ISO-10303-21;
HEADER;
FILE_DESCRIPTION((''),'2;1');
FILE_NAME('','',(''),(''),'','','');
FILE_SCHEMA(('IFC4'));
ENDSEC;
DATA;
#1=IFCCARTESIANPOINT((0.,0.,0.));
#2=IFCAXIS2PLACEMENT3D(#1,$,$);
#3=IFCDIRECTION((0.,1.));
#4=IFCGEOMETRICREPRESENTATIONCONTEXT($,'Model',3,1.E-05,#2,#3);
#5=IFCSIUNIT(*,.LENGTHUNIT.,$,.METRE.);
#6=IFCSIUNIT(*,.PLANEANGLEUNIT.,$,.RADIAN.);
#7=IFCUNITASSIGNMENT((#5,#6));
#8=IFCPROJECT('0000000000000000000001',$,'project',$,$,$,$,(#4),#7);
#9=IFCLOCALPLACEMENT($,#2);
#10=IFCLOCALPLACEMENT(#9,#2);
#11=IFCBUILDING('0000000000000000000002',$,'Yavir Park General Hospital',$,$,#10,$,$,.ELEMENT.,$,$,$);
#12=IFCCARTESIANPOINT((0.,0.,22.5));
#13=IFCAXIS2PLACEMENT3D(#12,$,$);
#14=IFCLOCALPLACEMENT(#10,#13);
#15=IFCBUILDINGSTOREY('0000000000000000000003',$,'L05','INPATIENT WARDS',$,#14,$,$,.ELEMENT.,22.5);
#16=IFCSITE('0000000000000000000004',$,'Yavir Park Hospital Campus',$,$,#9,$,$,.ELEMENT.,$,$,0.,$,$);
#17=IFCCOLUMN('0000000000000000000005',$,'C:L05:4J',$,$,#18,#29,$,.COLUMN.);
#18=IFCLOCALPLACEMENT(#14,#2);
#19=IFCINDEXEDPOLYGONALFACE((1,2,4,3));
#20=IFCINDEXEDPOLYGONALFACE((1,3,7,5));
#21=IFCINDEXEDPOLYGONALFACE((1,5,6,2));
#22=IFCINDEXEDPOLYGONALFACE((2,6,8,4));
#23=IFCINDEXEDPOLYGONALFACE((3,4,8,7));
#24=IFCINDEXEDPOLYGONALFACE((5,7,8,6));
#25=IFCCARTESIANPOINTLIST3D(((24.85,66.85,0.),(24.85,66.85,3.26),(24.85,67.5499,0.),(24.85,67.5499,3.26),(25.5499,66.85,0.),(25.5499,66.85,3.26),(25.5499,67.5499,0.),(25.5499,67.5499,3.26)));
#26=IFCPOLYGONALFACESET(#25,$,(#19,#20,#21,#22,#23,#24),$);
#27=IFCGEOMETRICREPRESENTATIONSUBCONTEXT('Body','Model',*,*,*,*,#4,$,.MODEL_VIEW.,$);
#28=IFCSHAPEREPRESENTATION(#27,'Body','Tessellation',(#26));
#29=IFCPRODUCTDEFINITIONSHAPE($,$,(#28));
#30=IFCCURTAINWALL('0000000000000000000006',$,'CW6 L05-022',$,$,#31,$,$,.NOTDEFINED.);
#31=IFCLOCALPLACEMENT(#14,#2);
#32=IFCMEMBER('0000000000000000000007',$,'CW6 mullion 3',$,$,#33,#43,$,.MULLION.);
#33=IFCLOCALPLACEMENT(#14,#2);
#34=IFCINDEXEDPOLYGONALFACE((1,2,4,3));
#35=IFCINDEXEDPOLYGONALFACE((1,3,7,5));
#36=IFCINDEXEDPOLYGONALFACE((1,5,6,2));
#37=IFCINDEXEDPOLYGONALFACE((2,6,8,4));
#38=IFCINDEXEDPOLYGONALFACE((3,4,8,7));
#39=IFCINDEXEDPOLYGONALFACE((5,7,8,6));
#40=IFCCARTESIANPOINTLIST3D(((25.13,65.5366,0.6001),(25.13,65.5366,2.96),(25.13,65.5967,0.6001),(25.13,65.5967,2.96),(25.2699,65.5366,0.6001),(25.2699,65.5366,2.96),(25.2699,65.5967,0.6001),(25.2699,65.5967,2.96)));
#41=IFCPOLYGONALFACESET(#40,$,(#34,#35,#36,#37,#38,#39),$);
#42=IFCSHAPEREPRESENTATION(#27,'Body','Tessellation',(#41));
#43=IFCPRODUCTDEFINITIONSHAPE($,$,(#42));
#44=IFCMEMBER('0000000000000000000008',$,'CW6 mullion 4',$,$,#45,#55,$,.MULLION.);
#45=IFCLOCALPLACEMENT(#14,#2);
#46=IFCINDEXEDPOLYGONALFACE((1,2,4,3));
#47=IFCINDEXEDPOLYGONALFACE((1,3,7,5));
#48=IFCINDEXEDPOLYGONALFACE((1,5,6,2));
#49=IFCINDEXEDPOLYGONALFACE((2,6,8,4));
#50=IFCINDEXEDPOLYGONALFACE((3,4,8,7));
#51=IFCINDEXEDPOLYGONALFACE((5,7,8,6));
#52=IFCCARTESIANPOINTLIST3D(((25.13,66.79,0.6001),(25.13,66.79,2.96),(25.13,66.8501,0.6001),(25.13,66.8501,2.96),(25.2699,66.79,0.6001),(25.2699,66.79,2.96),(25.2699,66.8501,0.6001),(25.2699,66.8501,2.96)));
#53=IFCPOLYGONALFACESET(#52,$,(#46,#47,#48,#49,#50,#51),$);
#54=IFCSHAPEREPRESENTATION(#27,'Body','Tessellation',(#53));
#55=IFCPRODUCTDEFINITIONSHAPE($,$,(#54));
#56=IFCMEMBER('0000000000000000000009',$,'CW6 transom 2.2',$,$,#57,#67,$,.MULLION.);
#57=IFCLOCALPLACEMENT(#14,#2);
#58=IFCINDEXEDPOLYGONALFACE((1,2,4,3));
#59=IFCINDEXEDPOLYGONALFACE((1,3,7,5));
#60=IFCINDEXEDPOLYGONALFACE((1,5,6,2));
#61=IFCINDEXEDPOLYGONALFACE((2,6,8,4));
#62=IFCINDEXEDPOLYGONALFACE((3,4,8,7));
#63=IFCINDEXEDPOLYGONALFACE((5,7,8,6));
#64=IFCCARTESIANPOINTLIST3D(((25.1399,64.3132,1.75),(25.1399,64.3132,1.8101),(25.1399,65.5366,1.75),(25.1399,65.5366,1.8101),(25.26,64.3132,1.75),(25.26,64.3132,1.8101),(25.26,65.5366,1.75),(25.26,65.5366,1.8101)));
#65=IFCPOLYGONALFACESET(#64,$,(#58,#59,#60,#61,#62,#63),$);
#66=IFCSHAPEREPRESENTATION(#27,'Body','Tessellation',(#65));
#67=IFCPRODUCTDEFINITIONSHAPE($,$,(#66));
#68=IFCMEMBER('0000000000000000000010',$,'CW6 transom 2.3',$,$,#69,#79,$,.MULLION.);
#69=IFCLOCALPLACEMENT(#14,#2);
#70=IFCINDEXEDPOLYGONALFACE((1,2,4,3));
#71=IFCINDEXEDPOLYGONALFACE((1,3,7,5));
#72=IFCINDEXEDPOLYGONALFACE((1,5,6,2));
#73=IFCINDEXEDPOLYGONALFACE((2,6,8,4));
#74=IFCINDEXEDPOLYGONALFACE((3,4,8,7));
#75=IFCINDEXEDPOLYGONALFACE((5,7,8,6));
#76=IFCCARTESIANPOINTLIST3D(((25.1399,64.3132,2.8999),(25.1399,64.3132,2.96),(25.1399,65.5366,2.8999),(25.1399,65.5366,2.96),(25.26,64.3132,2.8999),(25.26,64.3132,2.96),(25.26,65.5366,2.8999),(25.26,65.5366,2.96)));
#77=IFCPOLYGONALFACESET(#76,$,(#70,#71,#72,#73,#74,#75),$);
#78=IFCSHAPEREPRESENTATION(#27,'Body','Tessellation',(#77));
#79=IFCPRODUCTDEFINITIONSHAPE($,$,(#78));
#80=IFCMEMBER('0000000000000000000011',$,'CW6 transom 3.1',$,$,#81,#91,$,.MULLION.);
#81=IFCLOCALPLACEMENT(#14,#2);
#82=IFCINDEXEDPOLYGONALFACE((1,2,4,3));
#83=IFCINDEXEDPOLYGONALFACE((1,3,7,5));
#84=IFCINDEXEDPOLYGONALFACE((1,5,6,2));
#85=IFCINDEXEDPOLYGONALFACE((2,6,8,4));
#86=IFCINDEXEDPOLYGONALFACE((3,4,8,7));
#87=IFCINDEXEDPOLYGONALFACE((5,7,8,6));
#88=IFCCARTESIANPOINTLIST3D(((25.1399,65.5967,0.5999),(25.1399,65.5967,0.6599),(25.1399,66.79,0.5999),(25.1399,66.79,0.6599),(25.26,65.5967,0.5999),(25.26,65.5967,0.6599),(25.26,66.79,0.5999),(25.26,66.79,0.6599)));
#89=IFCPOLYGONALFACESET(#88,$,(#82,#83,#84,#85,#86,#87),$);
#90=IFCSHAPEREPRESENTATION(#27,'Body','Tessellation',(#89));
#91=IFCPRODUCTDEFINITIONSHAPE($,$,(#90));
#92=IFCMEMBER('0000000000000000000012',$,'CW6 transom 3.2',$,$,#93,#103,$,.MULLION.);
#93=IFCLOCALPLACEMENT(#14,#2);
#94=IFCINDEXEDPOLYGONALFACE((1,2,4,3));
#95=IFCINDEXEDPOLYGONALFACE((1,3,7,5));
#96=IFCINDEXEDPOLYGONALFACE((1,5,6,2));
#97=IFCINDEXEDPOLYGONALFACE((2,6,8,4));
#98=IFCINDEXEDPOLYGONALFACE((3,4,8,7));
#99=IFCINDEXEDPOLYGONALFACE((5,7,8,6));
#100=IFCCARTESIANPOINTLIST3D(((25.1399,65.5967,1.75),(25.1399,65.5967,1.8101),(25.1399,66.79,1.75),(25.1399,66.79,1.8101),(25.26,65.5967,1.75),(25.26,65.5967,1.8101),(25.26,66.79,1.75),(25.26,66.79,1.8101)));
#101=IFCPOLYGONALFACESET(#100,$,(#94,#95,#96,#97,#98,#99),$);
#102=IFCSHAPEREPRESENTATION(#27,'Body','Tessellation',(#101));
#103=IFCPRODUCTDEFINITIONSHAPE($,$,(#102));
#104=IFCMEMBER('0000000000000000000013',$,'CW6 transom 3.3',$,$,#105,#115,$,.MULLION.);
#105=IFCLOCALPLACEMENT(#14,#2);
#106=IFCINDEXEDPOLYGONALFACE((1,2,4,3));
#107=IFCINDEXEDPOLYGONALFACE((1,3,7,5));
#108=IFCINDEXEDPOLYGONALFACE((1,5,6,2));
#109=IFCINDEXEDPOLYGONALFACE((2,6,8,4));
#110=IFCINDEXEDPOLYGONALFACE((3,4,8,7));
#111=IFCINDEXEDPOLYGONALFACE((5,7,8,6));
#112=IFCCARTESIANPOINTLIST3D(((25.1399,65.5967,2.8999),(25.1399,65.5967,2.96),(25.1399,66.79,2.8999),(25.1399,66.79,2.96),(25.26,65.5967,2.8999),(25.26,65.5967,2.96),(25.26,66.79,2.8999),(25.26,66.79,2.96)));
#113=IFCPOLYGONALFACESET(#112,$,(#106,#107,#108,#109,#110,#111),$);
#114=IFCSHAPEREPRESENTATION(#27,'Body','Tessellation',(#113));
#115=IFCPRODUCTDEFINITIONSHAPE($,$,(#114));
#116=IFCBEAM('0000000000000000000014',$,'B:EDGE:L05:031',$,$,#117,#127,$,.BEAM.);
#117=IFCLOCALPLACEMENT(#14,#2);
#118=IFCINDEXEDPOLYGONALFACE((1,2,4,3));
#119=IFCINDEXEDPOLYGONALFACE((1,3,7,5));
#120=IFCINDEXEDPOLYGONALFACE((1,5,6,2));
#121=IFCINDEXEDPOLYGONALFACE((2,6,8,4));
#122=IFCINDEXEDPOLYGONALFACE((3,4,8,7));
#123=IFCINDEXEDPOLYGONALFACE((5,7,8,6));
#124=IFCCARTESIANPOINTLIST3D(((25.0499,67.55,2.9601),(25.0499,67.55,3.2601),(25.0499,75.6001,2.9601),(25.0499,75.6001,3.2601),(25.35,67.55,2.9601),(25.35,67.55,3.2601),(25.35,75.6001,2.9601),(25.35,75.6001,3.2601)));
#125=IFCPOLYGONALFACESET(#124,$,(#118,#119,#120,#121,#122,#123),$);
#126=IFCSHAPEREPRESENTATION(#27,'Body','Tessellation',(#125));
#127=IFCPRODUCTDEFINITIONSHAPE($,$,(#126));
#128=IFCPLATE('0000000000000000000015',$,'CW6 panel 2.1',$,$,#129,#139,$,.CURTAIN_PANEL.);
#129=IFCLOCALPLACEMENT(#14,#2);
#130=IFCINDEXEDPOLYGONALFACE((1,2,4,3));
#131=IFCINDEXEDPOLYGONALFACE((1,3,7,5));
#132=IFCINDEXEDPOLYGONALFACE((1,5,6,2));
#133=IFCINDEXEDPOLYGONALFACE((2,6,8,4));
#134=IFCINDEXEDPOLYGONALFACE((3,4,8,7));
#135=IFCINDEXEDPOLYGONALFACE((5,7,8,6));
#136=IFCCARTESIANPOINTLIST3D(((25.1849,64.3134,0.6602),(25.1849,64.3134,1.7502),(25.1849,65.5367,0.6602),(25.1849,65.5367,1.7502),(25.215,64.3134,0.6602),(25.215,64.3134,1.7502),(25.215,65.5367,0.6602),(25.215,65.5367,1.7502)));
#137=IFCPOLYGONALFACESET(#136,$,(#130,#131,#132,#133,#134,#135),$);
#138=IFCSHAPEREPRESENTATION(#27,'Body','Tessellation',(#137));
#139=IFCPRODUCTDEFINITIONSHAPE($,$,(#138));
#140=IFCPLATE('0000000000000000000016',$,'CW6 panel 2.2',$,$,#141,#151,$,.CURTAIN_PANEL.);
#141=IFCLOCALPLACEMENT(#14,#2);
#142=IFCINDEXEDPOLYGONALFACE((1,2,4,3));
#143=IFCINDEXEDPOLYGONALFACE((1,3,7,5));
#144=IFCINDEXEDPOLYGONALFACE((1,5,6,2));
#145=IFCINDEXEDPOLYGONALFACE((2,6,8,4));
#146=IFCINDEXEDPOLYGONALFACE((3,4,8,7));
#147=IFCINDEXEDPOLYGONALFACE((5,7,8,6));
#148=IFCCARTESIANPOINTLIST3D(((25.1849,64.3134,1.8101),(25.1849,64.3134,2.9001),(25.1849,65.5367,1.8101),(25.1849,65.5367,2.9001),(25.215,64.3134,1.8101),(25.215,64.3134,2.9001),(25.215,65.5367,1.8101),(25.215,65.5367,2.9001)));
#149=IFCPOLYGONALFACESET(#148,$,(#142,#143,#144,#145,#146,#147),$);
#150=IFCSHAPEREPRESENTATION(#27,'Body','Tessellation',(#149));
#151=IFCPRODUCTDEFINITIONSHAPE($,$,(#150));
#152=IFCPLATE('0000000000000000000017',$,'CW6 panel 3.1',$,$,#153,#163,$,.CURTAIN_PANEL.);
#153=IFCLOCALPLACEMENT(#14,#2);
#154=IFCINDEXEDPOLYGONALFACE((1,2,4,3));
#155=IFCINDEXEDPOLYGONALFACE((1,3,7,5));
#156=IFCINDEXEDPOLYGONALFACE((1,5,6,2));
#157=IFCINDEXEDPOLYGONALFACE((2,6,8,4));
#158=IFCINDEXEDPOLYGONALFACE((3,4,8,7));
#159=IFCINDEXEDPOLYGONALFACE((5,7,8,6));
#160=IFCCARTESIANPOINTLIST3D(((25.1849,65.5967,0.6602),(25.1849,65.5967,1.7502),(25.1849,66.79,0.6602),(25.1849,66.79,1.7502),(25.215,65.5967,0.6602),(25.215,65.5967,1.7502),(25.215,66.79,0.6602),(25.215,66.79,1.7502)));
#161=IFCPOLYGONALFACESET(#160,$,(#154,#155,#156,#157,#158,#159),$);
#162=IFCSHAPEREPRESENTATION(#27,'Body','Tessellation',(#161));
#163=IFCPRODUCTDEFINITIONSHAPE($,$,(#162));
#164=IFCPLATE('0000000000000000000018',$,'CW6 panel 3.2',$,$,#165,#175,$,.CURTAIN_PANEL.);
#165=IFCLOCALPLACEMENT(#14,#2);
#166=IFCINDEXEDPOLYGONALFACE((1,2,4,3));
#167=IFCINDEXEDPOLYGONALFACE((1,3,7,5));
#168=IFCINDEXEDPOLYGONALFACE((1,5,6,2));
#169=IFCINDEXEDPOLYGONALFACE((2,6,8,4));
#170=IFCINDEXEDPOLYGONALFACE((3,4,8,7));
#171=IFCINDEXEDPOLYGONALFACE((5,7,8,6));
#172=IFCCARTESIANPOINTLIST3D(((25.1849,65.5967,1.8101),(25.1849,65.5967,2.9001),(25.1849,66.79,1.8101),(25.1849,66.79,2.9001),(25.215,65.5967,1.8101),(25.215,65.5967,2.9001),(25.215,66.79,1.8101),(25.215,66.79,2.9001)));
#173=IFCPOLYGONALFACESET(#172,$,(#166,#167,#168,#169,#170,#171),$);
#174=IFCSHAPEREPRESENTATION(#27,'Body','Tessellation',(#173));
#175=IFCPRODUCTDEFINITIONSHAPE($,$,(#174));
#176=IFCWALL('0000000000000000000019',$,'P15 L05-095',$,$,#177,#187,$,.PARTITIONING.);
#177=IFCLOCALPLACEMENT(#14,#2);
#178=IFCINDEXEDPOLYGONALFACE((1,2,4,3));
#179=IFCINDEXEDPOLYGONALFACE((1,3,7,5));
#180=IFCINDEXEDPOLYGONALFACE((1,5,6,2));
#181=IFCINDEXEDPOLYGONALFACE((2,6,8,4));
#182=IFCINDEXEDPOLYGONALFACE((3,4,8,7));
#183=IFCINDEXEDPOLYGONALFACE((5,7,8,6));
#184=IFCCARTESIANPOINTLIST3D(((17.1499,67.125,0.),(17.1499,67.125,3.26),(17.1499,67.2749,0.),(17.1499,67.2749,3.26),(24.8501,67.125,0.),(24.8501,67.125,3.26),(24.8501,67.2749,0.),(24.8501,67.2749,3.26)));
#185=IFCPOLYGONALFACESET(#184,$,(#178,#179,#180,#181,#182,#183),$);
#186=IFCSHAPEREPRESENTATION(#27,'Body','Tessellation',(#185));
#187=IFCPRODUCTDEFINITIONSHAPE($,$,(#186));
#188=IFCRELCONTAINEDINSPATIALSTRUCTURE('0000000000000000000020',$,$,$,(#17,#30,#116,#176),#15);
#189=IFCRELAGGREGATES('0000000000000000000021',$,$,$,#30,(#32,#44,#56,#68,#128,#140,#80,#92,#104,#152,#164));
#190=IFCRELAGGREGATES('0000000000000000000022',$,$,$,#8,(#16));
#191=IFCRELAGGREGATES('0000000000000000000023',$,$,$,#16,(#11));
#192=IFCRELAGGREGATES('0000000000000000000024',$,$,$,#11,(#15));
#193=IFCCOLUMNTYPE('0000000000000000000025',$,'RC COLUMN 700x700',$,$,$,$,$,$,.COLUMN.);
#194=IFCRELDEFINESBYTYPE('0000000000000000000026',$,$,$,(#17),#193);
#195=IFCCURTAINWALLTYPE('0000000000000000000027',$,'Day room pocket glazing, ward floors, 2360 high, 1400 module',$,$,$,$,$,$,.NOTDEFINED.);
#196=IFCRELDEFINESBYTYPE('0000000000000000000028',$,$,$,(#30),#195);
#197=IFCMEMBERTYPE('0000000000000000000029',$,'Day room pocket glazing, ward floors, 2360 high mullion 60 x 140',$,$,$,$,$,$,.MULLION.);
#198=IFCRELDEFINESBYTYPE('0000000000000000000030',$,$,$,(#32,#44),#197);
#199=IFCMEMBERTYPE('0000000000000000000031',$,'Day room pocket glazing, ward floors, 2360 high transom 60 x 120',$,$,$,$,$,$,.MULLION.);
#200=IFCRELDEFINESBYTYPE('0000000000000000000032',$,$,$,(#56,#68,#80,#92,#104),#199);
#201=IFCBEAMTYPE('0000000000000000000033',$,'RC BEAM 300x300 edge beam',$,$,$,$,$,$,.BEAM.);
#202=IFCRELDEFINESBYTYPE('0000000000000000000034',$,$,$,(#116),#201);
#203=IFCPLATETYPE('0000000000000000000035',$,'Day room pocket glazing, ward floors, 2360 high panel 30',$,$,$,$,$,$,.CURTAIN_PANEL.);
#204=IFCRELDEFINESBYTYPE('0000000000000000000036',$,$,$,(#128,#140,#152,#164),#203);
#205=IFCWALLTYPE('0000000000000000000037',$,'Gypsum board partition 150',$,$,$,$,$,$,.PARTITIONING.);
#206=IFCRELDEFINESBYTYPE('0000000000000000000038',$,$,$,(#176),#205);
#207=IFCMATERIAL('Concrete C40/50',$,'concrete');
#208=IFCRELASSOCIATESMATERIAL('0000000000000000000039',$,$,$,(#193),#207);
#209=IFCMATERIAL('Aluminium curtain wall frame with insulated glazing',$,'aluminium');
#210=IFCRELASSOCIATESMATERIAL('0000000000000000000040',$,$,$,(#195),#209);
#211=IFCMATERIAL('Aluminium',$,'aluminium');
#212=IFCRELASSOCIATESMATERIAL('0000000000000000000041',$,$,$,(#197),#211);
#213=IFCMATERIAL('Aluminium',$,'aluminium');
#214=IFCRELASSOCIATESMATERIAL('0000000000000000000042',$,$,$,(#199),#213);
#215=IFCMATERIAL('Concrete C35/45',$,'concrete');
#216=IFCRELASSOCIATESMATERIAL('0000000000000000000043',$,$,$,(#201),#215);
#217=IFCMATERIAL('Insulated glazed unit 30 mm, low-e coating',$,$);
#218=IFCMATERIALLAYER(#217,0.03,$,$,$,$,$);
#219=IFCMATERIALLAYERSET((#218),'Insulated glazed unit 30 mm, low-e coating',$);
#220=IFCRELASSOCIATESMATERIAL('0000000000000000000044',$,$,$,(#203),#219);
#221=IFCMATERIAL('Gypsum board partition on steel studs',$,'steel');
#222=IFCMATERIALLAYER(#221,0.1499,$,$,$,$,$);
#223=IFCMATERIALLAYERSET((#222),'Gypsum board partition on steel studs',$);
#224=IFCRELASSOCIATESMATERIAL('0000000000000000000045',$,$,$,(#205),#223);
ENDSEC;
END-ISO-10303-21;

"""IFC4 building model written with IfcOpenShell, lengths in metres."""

from ifc_helpers import new_model, si_unit, direction, frame, frame_2d, origin, origin_2d, place, context, subcontext, project, spatial, rectangle, extrude, material, layer, layer_set, material_profile, profile_set, type_object, element, aggregate, save


model = new_model("IFC4")

# Units and contexts
model_context = context("Model", 3, precision=1e-05, world=origin(), true_north=direction((0.0, 1.0)))
body_context = subcontext(model_context, "Body", "Model", "MODEL_VIEW")
ifc_project = project(units=[si_unit("LENGTHUNIT", "METRE"), si_unit("PLANEANGLEUNIT", "RADIAN")], contexts=[model_context])

# Site, building, storey
site_placement = place(None, origin())
site = spatial("IfcSite", under=ifc_project, at=site_placement, Name="Yavir Park Hospital Campus", CompositionType="ELEMENT", RefElevation=0.0)
building_placement = place(site_placement, origin())
building = spatial("IfcBuilding", under=site, at=building_placement, Name="Yavir Park General Hospital", CompositionType="ELEMENT")
storey_placement = place(building_placement, frame((0.0, 0.0, 22.5)))
storey = spatial("IfcBuildingStorey", under=building, at=storey_placement, Name="L05", Description="INPATIENT WARDS", CompositionType="ELEMENT", Elevation=22.5)

# Column
ifc_material_1 = material(Name="Concrete C40/50", Category="concrete")
ifc_material_profile_1 = material_profile(ifc_material_1, rectangle(XDim=0.7, YDim=0.7, at=origin_2d()), Name="RC700x700")
ifc_profile_set_1 = profile_set([ifc_material_profile_1], Name="Concrete C40/50")
column_type = type_object("IfcColumnType", Name="RC COLUMN 700x700", PredefinedType="COLUMN", material=ifc_profile_set_1)
column_placement = place(storey_placement, frame((25.2, 67.2, 0.0), z_axis=(0.0, 0.0, 1.0), x_axis=(1.0, 0.0, 0.0)))
element("IfcColumn", 1, at=column_placement, inside=storey, type_object=column_type, Name="C:L05:4J", PredefinedType="COLUMN", context=body_context, shape_type="SweptSolid", body=[
    extrude(rectangle(XDim=0.7, YDim=0.7, at=origin_2d()), origin(), (0.0, 0.0, 1.0), 3.26),
])

# Curtain wall, members
ifc_material_2 = material(Name="Aluminium curtain wall frame with insulated glazing", Category="aluminium")
curtain_wall_type = type_object("IfcCurtainWallType", Name="Day room pocket glazing, ward floors, 2360 high, 1400 module", PredefinedType="NOTDEFINED", material=ifc_material_2)
curtain_wall_placement = place(storey_placement, origin())
curtain_wall = element("IfcCurtainWall", 2, at=curtain_wall_placement, inside=storey, type_object=curtain_wall_type, Name="CW6 L05-022", PredefinedType="NOTDEFINED")
ifc_material_3 = material(Name="Aluminium", Category="aluminium")
ifc_material_profile_2 = material_profile(ifc_material_3, rectangle(XDim=0.1399, YDim=0.0601, at=origin_2d()), Name="AL 60x140")
ifc_profile_set_2 = profile_set([ifc_material_profile_2], Name="Aluminium")
member_type_1 = type_object("IfcMemberType", Name="Day room pocket glazing, ward floors, 2360 high mullion 60 x 140", PredefinedType="MULLION", material=ifc_profile_set_2)
member_1_placement = place(storey_placement, frame((25.2, 65.5667, 0.6001), z_axis=(0.0, 0.0, 1.0), x_axis=(-1.0, 0.0, 0.0)))
member_1 = element("IfcMember", 3, at=member_1_placement, type_object=member_type_1, Name="CW6 mullion 3", PredefinedType="MULLION", context=body_context, shape_type="SweptSolid", body=[
    extrude(rectangle(XDim=0.1399, YDim=0.0601, at=origin_2d()), origin(), (0.0, 0.0, 1.0), 2.3599),
])
member_2_placement = place(storey_placement, frame((25.2, 66.8201, 0.6001), z_axis=(0.0, 0.0, 1.0), x_axis=(-1.0, 0.0, 0.0)))
member_2 = element("IfcMember", 4, at=member_2_placement, type_object=member_type_1, Name="CW6 mullion 4", PredefinedType="MULLION", context=body_context, shape_type="SweptSolid", body=[
    extrude(rectangle(XDim=0.1399, YDim=0.0601, at=origin_2d()), origin(), (0.0, 0.0, 1.0), 2.3599),
])
ifc_material_4 = material(Name="Aluminium", Category="aluminium")
ifc_material_profile_3 = material_profile(ifc_material_4, rectangle(XDim=0.1201, YDim=0.0601, at=origin_2d()), Name="AL 120x60")
ifc_profile_set_3 = profile_set([ifc_material_profile_3], Name="Aluminium")
member_type_2 = type_object("IfcMemberType", Name="Day room pocket glazing, ward floors, 2360 high transom 60 x 120", PredefinedType="MULLION", material=ifc_profile_set_3)
member_3_placement = place(storey_placement, frame((25.2, 64.3132, 1.78), z_axis=(0.0, 1.0, 0.0), x_axis=(-1.0, 0.0, 0.0)))
member_3 = element("IfcMember", 5, at=member_3_placement, type_object=member_type_2, Name="CW6 transom 2.2", PredefinedType="MULLION", context=body_context, shape_type="SweptSolid", body=[
    extrude(rectangle(XDim=0.1201, YDim=0.0601, at=origin_2d()), origin(), (0.0, 0.0, 1.0), 1.2234),
])
member_4_placement = place(storey_placement, frame((25.2, 64.3132, 2.9299), z_axis=(0.0, 1.0, 0.0), x_axis=(-1.0, 0.0, 0.0)))
member_4 = element("IfcMember", 6, at=member_4_placement, type_object=member_type_2, Name="CW6 transom 2.3", PredefinedType="MULLION", context=body_context, shape_type="SweptSolid", body=[
    extrude(rectangle(XDim=0.1201, YDim=0.0601, at=origin_2d()), origin(), (0.0, 0.0, 1.0), 1.2234),
])
member_5_placement = place(storey_placement, frame((25.2, 65.5967, 0.6299), z_axis=(0.0, 1.0, 0.0), x_axis=(-1.0, 0.0, 0.0)))
member_5 = element("IfcMember", 7, at=member_5_placement, type_object=member_type_2, Name="CW6 transom 3.1", PredefinedType="MULLION", context=body_context, shape_type="SweptSolid", body=[
    extrude(rectangle(XDim=0.1201, YDim=0.0601, at=origin_2d()), origin(), (0.0, 0.0, 1.0), 1.1934),
])
member_6_placement = place(storey_placement, frame((25.2, 65.5967, 1.78), z_axis=(0.0, 1.0, 0.0), x_axis=(-1.0, 0.0, 0.0)))
member_6 = element("IfcMember", 8, at=member_6_placement, type_object=member_type_2, Name="CW6 transom 3.2", PredefinedType="MULLION", context=body_context, shape_type="SweptSolid", body=[
    extrude(rectangle(XDim=0.1201, YDim=0.0601, at=origin_2d()), origin(), (0.0, 0.0, 1.0), 1.1934),
])
member_7_placement = place(storey_placement, frame((25.2, 65.5967, 2.9299), z_axis=(0.0, 1.0, 0.0), x_axis=(-1.0, 0.0, 0.0)))
member_7 = element("IfcMember", 9, at=member_7_placement, type_object=member_type_2, Name="CW6 transom 3.3", PredefinedType="MULLION", context=body_context, shape_type="SweptSolid", body=[
    extrude(rectangle(XDim=0.1201, YDim=0.0601, at=origin_2d()), origin(), (0.0, 0.0, 1.0), 1.1934),
])

# Beam
ifc_material_5 = material(Name="Concrete C35/45", Category="concrete")
ifc_material_profile_4 = material_profile(ifc_material_5, rectangle(XDim=0.3, YDim=0.3, at=origin_2d()), Name="RC300x300")
ifc_profile_set_4 = profile_set([ifc_material_profile_4], Name="Concrete C35/45")
beam_type = type_object("IfcBeamType", Name="RC BEAM 300x300 edge beam", PredefinedType="BEAM", material=ifc_profile_set_4)
beam_placement = place(storey_placement, frame((25.2, 67.55, 3.1101), z_axis=(0.0, 1.0, 0.0), x_axis=(-1.0, 0.0, 0.0)))
element("IfcBeam", 10, at=beam_placement, inside=storey, type_object=beam_type, Name="B:EDGE:L05:031", PredefinedType="BEAM", context=body_context, shape_type="SweptSolid", body=[
    extrude(rectangle(XDim=0.3, YDim=0.3, at=origin_2d()), origin(), (0.0, 0.0, 1.0), 8.05),
])

# Plates
ifc_material_6 = material(Name="Insulated glazed unit 30 mm, low-e coating")
ifc_layer_1 = layer(ifc_material_6, 0.03)
ifc_layer_set_1 = layer_set([ifc_layer_1], Name="Insulated glazed unit 30 mm, low-e coating")
plate_type = type_object("IfcPlateType", Name="Day room pocket glazing, ward floors, 2360 high panel 30", PredefinedType="CURTAIN_PANEL", material=ifc_layer_set_1)
plate_1_placement = place(storey_placement, frame((25.2, 64.925, 0.6602), z_axis=(0.0, 0.0, 1.0), x_axis=(0.0, 1.0, 0.0)))
plate_1 = element("IfcPlate", 11, at=plate_1_placement, type_object=plate_type, Name="CW6 panel 2.1", PredefinedType="CURTAIN_PANEL", context=body_context, shape_type="SweptSolid", body=[
    extrude(rectangle(XDim=1.2234, YDim=0.03, at=origin_2d()), origin(), (0.0, 0.0, 1.0), 1.0901),
])
plate_2_placement = place(storey_placement, frame((25.2, 64.925, 1.8101), z_axis=(0.0, 0.0, 1.0), x_axis=(0.0, 1.0, 0.0)))
plate_2 = element("IfcPlate", 12, at=plate_2_placement, type_object=plate_type, Name="CW6 panel 2.2", PredefinedType="CURTAIN_PANEL", context=body_context, shape_type="SweptSolid", body=[
    extrude(rectangle(XDim=1.2234, YDim=0.03, at=origin_2d()), origin(), (0.0, 0.0, 1.0), 1.0901),
])
plate_3_placement = place(storey_placement, frame((25.2, 66.1934, 0.6602), z_axis=(0.0, 0.0, 1.0), x_axis=(0.0, 1.0, 0.0)))
plate_3 = element("IfcPlate", 13, at=plate_3_placement, type_object=plate_type, Name="CW6 panel 3.1", PredefinedType="CURTAIN_PANEL", context=body_context, shape_type="SweptSolid", body=[
    extrude(rectangle(XDim=1.1934, YDim=0.03, at=origin_2d()), origin(), (0.0, 0.0, 1.0), 1.0901),
])
plate_4_placement = place(storey_placement, frame((25.2, 66.1934, 1.8101), z_axis=(0.0, 0.0, 1.0), x_axis=(0.0, 1.0, 0.0)))
plate_4 = element("IfcPlate", 14, at=plate_4_placement, type_object=plate_type, Name="CW6 panel 3.2", PredefinedType="CURTAIN_PANEL", context=body_context, shape_type="SweptSolid", body=[
    extrude(rectangle(XDim=1.1934, YDim=0.03, at=origin_2d()), origin(), (0.0, 0.0, 1.0), 1.0901),
])
aggregate(curtain_wall, [member_1, member_2, member_3, member_4, plate_1, plate_2, member_5, member_6, member_7, plate_3, plate_4])

# Wall
ifc_material_7 = material(Name="Gypsum board partition on steel studs", Category="steel")
ifc_layer_2 = layer(ifc_material_7, 0.1499)
ifc_layer_set_2 = layer_set([ifc_layer_2], Name="Gypsum board partition on steel studs")
wall_type_1 = type_object("IfcWallType", Name="Gypsum board partition 150", PredefinedType="PARTITIONING", material=ifc_layer_set_2)
wall_1_placement = place(storey_placement, frame((17.1499, 67.2, 0.0), z_axis=(0.0, 0.0, 1.0), x_axis=(1.0, 0.0, 0.0)))
element("IfcWall", 15, at=wall_1_placement, inside=storey, type_object=wall_type_1, Name="P15 L05-095", PredefinedType="PARTITIONING", context=body_context, shape_type="SweptSolid", body=[
    extrude(rectangle(XDim=7.7002, YDim=0.1499, at=frame_2d((3.8501, 0.0))), origin(), (0.0, 0.0, 1.0), 3.26),
])

save(model, "model.ifc")
